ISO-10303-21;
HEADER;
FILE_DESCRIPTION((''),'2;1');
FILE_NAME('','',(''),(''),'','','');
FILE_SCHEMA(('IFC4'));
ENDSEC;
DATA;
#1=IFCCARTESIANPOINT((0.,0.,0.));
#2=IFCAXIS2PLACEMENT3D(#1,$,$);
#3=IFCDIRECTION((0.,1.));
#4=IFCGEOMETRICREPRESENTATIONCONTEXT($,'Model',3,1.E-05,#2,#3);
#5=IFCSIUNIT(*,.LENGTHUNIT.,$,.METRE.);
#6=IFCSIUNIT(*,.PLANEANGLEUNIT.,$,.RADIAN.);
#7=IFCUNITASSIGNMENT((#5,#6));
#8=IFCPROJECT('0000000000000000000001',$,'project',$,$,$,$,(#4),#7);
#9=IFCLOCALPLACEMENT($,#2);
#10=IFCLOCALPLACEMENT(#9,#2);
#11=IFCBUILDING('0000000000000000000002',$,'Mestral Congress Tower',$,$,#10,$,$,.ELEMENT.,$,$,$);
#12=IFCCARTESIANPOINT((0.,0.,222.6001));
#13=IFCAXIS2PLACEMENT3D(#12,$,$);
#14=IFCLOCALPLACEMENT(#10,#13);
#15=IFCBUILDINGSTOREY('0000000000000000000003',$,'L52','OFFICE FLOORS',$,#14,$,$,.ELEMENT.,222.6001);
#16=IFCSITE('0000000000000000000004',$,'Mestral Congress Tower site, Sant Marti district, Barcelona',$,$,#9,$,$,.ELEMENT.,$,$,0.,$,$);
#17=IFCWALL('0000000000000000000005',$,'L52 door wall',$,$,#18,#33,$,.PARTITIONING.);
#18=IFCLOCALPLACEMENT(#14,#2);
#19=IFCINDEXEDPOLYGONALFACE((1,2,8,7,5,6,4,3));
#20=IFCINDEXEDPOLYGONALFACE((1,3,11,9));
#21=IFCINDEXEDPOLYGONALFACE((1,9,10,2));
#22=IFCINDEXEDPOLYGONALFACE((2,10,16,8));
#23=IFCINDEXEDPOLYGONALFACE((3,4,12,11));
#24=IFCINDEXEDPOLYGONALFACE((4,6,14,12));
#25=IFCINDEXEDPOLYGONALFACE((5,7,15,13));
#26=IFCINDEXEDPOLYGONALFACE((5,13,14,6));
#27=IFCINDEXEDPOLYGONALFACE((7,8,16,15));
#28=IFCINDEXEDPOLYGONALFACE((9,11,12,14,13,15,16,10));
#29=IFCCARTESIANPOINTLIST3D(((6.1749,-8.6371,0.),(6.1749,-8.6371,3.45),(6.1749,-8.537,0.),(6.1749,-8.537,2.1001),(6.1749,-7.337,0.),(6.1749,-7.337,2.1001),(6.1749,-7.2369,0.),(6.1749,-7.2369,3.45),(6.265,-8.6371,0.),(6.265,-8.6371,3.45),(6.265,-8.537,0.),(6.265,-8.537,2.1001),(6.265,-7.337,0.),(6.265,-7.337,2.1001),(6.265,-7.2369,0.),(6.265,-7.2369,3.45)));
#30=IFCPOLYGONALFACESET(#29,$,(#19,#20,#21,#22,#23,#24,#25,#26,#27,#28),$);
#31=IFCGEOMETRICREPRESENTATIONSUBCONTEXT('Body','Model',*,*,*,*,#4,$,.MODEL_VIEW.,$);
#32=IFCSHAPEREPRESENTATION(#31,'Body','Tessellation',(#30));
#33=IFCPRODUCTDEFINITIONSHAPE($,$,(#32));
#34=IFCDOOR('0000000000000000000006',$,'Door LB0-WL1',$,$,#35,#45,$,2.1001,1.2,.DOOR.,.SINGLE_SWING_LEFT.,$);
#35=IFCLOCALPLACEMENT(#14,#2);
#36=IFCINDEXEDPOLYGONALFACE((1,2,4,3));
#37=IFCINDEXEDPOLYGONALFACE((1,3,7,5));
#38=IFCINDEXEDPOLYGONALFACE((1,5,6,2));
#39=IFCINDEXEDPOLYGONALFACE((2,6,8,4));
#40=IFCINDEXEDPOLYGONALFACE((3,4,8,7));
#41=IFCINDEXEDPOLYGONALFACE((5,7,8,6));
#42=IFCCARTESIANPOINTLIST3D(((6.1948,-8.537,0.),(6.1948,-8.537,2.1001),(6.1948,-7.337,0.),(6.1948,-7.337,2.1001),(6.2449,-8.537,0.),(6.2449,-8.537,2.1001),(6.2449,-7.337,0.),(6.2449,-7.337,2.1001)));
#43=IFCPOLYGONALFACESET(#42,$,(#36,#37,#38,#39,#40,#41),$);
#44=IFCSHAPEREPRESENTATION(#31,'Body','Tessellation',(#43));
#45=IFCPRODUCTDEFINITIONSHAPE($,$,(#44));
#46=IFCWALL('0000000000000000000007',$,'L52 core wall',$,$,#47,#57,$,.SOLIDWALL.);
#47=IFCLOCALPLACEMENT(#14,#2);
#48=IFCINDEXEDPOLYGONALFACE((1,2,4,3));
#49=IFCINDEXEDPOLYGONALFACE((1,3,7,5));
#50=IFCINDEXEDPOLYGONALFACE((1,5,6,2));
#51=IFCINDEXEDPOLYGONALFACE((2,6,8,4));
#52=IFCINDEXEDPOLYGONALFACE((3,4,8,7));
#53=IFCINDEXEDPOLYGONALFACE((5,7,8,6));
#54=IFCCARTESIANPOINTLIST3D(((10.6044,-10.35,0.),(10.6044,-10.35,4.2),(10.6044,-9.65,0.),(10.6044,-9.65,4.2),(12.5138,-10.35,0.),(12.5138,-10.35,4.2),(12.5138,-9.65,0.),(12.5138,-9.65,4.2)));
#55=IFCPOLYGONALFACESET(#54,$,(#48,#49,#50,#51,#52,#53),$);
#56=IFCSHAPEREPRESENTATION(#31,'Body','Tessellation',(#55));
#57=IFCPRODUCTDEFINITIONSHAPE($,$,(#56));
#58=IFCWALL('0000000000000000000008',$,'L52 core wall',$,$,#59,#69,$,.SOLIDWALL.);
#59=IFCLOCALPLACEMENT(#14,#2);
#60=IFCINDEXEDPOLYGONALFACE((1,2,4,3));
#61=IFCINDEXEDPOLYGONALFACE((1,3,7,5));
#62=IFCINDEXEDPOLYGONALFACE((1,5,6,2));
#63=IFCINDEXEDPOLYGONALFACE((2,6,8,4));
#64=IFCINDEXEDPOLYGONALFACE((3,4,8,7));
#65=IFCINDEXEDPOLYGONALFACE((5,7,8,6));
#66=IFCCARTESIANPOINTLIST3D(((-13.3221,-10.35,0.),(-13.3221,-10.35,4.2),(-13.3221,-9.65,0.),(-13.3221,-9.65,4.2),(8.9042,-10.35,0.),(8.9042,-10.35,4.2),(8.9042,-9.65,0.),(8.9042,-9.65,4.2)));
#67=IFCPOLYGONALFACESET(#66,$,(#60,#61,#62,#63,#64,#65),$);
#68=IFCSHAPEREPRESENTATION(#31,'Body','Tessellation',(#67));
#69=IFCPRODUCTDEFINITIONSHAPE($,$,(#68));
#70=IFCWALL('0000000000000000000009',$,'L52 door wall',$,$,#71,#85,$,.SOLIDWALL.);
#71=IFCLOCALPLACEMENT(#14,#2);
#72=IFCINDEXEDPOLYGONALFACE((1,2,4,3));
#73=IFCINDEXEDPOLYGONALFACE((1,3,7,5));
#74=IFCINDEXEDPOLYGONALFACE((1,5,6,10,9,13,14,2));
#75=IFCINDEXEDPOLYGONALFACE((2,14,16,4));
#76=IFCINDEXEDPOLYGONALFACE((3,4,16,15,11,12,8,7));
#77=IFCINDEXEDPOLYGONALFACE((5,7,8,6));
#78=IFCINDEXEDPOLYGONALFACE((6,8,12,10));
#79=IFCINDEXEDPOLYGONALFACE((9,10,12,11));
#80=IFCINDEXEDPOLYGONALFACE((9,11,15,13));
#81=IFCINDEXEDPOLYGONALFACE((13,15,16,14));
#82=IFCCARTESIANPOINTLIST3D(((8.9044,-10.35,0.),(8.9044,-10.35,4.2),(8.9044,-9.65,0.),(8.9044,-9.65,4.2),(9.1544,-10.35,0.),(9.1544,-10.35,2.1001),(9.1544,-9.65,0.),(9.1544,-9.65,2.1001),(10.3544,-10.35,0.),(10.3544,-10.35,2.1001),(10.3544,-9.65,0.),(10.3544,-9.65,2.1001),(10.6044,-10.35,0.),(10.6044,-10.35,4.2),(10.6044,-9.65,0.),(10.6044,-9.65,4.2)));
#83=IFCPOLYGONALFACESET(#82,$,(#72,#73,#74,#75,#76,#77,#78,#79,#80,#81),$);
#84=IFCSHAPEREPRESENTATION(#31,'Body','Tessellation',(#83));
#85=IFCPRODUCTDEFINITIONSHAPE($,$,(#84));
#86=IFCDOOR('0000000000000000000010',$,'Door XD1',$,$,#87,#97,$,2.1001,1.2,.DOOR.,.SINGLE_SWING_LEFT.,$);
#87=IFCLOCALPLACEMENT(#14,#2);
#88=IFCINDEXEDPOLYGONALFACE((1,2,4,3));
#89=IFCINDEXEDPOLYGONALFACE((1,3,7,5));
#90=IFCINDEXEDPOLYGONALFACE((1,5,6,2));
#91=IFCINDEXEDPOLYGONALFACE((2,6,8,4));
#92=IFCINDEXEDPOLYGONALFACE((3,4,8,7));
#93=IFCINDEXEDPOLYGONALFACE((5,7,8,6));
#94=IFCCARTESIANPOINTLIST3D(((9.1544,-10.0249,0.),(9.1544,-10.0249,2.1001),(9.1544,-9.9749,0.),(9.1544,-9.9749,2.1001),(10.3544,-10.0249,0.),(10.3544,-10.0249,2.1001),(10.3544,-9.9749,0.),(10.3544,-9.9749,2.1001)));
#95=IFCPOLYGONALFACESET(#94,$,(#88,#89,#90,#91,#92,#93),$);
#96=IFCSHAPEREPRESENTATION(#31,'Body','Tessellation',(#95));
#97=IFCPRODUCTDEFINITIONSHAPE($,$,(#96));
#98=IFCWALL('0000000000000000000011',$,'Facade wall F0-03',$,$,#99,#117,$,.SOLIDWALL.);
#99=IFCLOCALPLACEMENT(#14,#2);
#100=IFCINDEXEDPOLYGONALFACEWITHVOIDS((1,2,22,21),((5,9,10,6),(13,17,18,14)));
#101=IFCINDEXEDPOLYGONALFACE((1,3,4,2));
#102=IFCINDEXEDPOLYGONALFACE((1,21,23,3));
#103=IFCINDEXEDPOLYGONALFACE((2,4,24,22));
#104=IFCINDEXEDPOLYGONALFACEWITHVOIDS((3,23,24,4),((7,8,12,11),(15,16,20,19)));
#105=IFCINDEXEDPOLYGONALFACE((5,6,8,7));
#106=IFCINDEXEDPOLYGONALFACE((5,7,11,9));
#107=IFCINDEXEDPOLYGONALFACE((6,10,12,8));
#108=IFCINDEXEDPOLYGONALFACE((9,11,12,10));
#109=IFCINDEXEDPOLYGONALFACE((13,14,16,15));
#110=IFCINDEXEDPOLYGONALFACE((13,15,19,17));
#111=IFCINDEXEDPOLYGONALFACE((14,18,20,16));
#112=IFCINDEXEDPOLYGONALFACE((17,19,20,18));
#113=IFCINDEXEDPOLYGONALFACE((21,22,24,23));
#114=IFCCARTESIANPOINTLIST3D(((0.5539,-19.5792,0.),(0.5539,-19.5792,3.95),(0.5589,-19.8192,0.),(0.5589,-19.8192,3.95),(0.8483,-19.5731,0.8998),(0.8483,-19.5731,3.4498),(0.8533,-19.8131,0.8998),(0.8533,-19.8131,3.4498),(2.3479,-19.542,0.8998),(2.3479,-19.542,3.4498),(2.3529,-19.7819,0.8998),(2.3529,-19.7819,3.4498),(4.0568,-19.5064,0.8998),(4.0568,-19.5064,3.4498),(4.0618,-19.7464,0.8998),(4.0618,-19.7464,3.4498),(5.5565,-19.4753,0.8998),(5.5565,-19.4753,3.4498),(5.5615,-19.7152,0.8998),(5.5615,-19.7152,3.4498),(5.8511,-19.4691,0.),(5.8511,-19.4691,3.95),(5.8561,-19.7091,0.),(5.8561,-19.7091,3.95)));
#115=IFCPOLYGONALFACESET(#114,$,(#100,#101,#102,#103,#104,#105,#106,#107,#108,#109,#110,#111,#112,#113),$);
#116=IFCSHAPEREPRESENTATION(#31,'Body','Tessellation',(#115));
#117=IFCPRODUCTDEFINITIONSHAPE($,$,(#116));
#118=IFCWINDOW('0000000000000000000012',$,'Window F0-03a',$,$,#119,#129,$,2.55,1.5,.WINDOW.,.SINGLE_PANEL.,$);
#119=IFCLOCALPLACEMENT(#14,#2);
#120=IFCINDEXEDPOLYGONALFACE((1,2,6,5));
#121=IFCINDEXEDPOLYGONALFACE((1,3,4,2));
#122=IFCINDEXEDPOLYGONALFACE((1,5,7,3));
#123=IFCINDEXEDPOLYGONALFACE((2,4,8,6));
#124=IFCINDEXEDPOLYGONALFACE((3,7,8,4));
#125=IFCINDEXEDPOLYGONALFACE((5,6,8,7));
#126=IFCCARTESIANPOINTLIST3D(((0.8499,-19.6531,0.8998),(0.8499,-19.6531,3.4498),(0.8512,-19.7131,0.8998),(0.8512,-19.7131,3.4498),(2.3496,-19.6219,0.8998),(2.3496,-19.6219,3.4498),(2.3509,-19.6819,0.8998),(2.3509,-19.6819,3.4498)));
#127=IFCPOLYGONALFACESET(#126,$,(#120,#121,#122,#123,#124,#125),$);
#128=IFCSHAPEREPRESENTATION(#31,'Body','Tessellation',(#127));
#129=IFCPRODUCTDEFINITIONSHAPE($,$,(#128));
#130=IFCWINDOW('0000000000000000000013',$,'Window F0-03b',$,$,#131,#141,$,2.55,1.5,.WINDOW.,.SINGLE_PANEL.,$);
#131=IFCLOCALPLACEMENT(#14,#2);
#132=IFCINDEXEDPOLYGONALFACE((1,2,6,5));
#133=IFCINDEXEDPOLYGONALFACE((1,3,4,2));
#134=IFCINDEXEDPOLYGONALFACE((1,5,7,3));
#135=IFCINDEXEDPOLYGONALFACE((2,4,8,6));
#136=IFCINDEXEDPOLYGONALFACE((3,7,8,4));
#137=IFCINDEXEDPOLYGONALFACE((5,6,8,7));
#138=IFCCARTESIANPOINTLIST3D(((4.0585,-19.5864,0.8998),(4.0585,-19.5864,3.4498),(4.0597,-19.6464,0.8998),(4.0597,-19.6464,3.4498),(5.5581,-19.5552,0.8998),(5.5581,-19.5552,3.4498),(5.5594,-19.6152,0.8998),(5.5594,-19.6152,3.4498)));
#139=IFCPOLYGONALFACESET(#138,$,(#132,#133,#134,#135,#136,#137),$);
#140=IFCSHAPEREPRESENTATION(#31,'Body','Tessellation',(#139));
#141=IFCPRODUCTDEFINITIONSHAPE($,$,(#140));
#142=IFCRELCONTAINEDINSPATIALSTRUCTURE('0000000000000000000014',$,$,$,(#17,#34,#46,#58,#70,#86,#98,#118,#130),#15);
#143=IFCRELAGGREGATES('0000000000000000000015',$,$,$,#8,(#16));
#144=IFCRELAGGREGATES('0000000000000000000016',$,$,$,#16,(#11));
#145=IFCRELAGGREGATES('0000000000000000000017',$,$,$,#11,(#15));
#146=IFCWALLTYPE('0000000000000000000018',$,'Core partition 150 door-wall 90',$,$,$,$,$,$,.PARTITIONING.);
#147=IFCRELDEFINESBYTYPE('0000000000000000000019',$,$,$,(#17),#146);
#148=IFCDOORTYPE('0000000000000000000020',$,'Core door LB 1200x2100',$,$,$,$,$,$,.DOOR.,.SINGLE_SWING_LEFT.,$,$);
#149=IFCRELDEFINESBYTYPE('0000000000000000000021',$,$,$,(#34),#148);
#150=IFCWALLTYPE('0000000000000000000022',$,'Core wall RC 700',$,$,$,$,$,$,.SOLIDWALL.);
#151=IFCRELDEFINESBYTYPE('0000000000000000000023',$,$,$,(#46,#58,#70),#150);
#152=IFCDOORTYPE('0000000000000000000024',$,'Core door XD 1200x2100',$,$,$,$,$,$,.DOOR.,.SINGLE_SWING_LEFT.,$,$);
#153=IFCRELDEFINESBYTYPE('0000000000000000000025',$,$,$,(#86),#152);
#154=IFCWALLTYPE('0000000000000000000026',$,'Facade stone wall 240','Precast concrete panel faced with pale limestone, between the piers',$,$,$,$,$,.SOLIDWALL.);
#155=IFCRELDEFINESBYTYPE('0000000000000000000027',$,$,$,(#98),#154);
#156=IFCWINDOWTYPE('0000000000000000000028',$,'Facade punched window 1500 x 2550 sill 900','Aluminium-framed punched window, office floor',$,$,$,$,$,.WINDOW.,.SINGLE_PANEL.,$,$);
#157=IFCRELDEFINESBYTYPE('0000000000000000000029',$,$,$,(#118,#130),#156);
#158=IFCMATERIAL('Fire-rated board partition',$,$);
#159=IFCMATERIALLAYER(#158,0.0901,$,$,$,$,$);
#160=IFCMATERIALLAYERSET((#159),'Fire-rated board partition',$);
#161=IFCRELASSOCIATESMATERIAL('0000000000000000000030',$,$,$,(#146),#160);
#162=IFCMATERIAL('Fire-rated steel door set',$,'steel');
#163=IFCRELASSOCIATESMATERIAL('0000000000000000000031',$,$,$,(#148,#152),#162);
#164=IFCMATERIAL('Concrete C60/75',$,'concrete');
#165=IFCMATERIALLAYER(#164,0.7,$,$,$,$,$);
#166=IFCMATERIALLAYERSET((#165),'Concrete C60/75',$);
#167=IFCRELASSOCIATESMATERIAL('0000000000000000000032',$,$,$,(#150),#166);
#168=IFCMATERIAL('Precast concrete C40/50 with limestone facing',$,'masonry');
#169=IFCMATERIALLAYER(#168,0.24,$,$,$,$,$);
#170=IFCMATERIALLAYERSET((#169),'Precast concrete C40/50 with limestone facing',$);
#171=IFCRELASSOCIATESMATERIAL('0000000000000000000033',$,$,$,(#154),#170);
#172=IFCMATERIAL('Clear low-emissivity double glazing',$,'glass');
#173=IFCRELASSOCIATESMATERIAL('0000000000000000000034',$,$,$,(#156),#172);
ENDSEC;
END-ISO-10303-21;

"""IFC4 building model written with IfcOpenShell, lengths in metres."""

from ifc_helpers import new_model, si_unit, direction, frame, frame_2d, origin, place, context, subcontext, project, spatial, rectangle, extrude, material, layer, layer_set, type_object, element, fill, save


model = new_model("IFC4")

# Units and contexts
model_context = context("Model", 3, precision=1e-05, world=origin(), true_north=direction((0.0, 1.0)))
body_context = subcontext(model_context, "Body", "Model", "MODEL_VIEW")
ifc_project = project(units=[si_unit("LENGTHUNIT", "METRE"), si_unit("PLANEANGLEUNIT", "RADIAN")], contexts=[model_context])

# Site, building, storey
site_placement = place(None, origin())
site = spatial("IfcSite", under=ifc_project, at=site_placement, Name="Mestral Congress Tower site, Sant Marti district, Barcelona", CompositionType="ELEMENT", RefElevation=0.0)
building_placement = place(site_placement, origin())
building = spatial("IfcBuilding", under=site, at=building_placement, Name="Mestral Congress Tower", CompositionType="ELEMENT")
storey_placement = place(building_placement, frame((0.0, 0.0, 222.6001)))
storey = spatial("IfcBuildingStorey", under=building, at=storey_placement, Name="L52", Description="OFFICE FLOORS", CompositionType="ELEMENT", Elevation=222.6001)

# Shared definitions
ifc_material_1 = material(Name="Concrete C60/75", Category="concrete")

# Wall, opening, door
ifc_material_2 = material(Name="Fire-rated board partition")
ifc_layer_1 = layer(ifc_material_2, 0.0901)
ifc_layer_set_1 = layer_set([ifc_layer_1], Name="Fire-rated board partition")
wall_type_1 = type_object("IfcWallType", Name="Core partition 150 door-wall 90", PredefinedType="PARTITIONING", material=ifc_layer_set_1)
wall_1_placement = place(storey_placement, frame((6.22, -7.2368, 0.0), z_axis=(0.0, 0.0, 1.0), x_axis=(0.0, -1.0, 0.0)))
wall_1 = element("IfcWall", 1, at=wall_1_placement, inside=storey, type_object=wall_type_1, Name="L52 door wall", PredefinedType="PARTITIONING", context=body_context, shape_type="SweptSolid", body=[
    extrude(rectangle(XDim=1.4001, YDim=0.0901, at=frame_2d((0.7002, 0.0))), origin(), (0.0, 0.0, 1.0), 3.45),
])
opening_1_placement = place(wall_1_placement, frame((0.1001, 0.0, 0.0)))
opening_1 = element("IfcOpeningElement", 2, at=opening_1_placement, cuts=wall_1, PredefinedType="OPENING", context=body_context, shape_type="SweptSolid", body=[
    extrude(rectangle(XDim=1.2, YDim=2.1001, at=frame_2d((0.6001, 1.05))), frame((0.0, 0.0549, 0.0), z_axis=(0.0, -1.0, 0.0), x_axis=(1.0, 0.0, 0.0)), (0.0, 0.0, 1.0), 0.1101),
])
ifc_material_3 = material(Name="Fire-rated steel door set", Category="steel")
door_type_1 = type_object("IfcDoorType", Name="Core door LB 1200x2100", OperationType="SINGLE_SWING_LEFT", PredefinedType="DOOR", material=ifc_material_3)
door_1_placement = place(opening_1_placement, origin())
door_1 = element("IfcDoor", 3, at=door_1_placement, inside=storey, type_object=door_type_1, Name="Door LB0-WL1", OperationType="SINGLE_SWING_LEFT", OverallHeight=2.1001, OverallWidth=1.2, PredefinedType="DOOR", context=body_context, shape_type="SweptSolid", body=[
    extrude(rectangle(XDim=1.2, YDim=2.1001, at=frame_2d((0.6001, 1.05))), frame((0.0, 0.0249, 0.0), z_axis=(0.0, -1.0, 0.0), x_axis=(1.0, 0.0, 0.0)), (0.0, 0.0, 1.0), 0.05),
])
fill(opening_1, door_1)

# Walls
ifc_layer_2 = layer(ifc_material_1, 0.7)
ifc_layer_set_2 = layer_set([ifc_layer_2], Name="Concrete C60/75")
wall_type_2 = type_object("IfcWallType", Name="Core wall RC 700", PredefinedType="SOLIDWALL", material=ifc_layer_set_2)
wall_2_placement = place(storey_placement, frame((10.6045, -10.0, 0.0), z_axis=(0.0, 0.0, 1.0), x_axis=(1.0, 0.0, 0.0)))
element("IfcWall", 4, at=wall_2_placement, inside=storey, type_object=wall_type_2, Name="L52 core wall", PredefinedType="SOLIDWALL", context=body_context, shape_type="SweptSolid", body=[
    extrude(rectangle(XDim=1.9094, YDim=0.7, at=frame_2d((0.9546, 0.0))), origin(), (0.0, 0.0, 1.0), 4.2),
])
wall_3_placement = place(storey_placement, frame((8.9043, -10.0, 0.0), z_axis=(0.0, 0.0, 1.0), x_axis=(-1.0, 0.0, 0.0)))
element("IfcWall", 5, at=wall_3_placement, inside=storey, type_object=wall_type_2, Name="L52 core wall", PredefinedType="SOLIDWALL", context=body_context, shape_type="SweptSolid", body=[
    extrude(rectangle(XDim=22.2263, YDim=0.7, at=frame_2d((11.1133, 0.0))), origin(), (0.0, 0.0, 1.0), 4.2),
])

# Wall, opening, door
wall_4_placement = place(storey_placement, frame((10.6045, -10.0, 0.0), z_axis=(0.0, 0.0, 1.0), x_axis=(-1.0, 0.0, 0.0)))
wall_4 = element("IfcWall", 6, at=wall_4_placement, inside=storey, type_object=wall_type_2, Name="L52 door wall", PredefinedType="SOLIDWALL", context=body_context, shape_type="SweptSolid", body=[
    extrude(rectangle(XDim=1.7, YDim=0.7, at=frame_2d((0.8501, 0.0))), origin(), (0.0, 0.0, 1.0), 4.2),
])
opening_2_placement = place(wall_4_placement, frame((0.25, 0.0, 0.0)))
opening_2 = element("IfcOpeningElement", 7, at=opening_2_placement, cuts=wall_4, PredefinedType="OPENING", context=body_context, shape_type="SweptSolid", body=[
    extrude(rectangle(XDim=1.2, YDim=2.1001, at=frame_2d((0.6001, 1.05))), frame((0.0, 0.3599, 0.0), z_axis=(0.0, -1.0, 0.0), x_axis=(1.0, 0.0, 0.0)), (0.0, 0.0, 1.0), 0.72),
])
door_type_2 = type_object("IfcDoorType", Name="Core door XD 1200x2100", OperationType="SINGLE_SWING_LEFT", PredefinedType="DOOR", material=ifc_material_3)
door_2_placement = place(opening_2_placement, origin())
door_2 = element("IfcDoor", 8, at=door_2_placement, inside=storey, type_object=door_type_2, Name="Door XD1", OperationType="SINGLE_SWING_LEFT", OverallHeight=2.1001, OverallWidth=1.2, PredefinedType="DOOR", context=body_context, shape_type="SweptSolid", body=[
    extrude(rectangle(XDim=1.2, YDim=2.1001, at=frame_2d((0.6001, 1.05))), frame((0.0, 0.0249, 0.0), z_axis=(0.0, -1.0, 0.0), x_axis=(1.0, 0.0, 0.0)), (0.0, 0.0, 1.0), 0.05),
])
fill(opening_2, door_2)

# Wall, openings, windows
ifc_material_4 = material(Name="Precast concrete C40/50 with limestone facing", Category="masonry")
ifc_layer_3 = layer(ifc_material_4, 0.24)
ifc_layer_set_3 = layer_set([ifc_layer_3], Name="Precast concrete C40/50 with limestone facing")
wall_type_3 = type_object("IfcWallType", Name="Facade stone wall 240", Description="Precast concrete panel faced with pale limestone, between the piers", PredefinedType="SOLIDWALL", material=ifc_layer_set_3)
wall_5_placement = place(storey_placement, frame((0.5564, -19.6992, 0.0), z_axis=(0.0, 0.0, 1.0), x_axis=(0.999784, 0.020782, 0.0)))
wall_5 = element("IfcWall", 9, at=wall_5_placement, inside=storey, type_object=wall_type_3, Name="Facade wall F0-03", PredefinedType="SOLIDWALL", context=body_context, shape_type="SweptSolid", body=[
    extrude(rectangle(XDim=5.2983, YDim=0.24, at=frame_2d((2.6492, 0.0))), origin(), (0.0, 0.0, 1.0), 3.95),
])
opening_3_placement = place(wall_5_placement, frame((0.2944, 0.0, 0.8999)))
opening_3 = element("IfcOpeningElement", 10, at=opening_3_placement, cuts=wall_5, PredefinedType="OPENING", context=body_context, shape_type="SweptSolid", body=[
    extrude(rectangle(XDim=1.5, YDim=2.55, at=frame_2d((0.75, 1.2749))), frame((0.0, 0.1299, 0.0), z_axis=(0.0, -1.0, 0.0), x_axis=(1.0, 0.0, 0.0)), (0.0, 0.0, 1.0), 0.26),
])
opening_4_placement = place(wall_5_placement, frame((3.5037, 0.0, 0.8999)))
opening_4 = element("IfcOpeningElement", 11, at=opening_4_placement, cuts=wall_5, PredefinedType="OPENING", context=body_context, shape_type="SweptSolid", body=[
    extrude(rectangle(XDim=1.5, YDim=2.55, at=frame_2d((0.75, 1.2749))), frame((0.0, 0.1299, 0.0), z_axis=(0.0, -1.0, 0.0), x_axis=(1.0, 0.0, 0.0)), (0.0, 0.0, 1.0), 0.26),
])
ifc_material_5 = material(Name="Clear low-emissivity double glazing", Category="glass")
window_type = type_object("IfcWindowType", Name="Facade punched window 1500 x 2550 sill 900", Description="Aluminium-framed punched window, office floor", PartitioningType="SINGLE_PANEL", PredefinedType="WINDOW", material=ifc_material_5)
window_1_placement = place(opening_3_placement, origin())
window_1 = element("IfcWindow", 12, at=window_1_placement, inside=storey, type_object=window_type, Name="Window F0-03a", OverallHeight=2.55, OverallWidth=1.5, PartitioningType="SINGLE_PANEL", PredefinedType="WINDOW", context=body_context, shape_type="SweptSolid", body=[
    extrude(rectangle(XDim=1.5, YDim=2.55, at=frame_2d((0.75, 1.2749))), frame((0.0, 0.04, 0.0), z_axis=(0.0, -1.0, 0.0), x_axis=(1.0, 0.0, 0.0)), (0.0, 0.0, 1.0), 0.0601),
])
fill(opening_3, window_1)
window_2_placement = place(opening_4_placement, origin())
window_2 = element("IfcWindow", 13, at=window_2_placement, inside=storey, type_object=window_type, Name="Window F0-03b", OverallHeight=2.55, OverallWidth=1.5, PartitioningType="SINGLE_PANEL", PredefinedType="WINDOW", context=body_context, shape_type="SweptSolid", body=[
    extrude(rectangle(XDim=1.5, YDim=2.55, at=frame_2d((0.75, 1.2749))), frame((0.0, 0.04, 0.0), z_axis=(0.0, -1.0, 0.0), x_axis=(1.0, 0.0, 0.0)), (0.0, 0.0, 1.0), 0.0601),
])
fill(opening_4, window_2)

save(model, "model.ifc")
